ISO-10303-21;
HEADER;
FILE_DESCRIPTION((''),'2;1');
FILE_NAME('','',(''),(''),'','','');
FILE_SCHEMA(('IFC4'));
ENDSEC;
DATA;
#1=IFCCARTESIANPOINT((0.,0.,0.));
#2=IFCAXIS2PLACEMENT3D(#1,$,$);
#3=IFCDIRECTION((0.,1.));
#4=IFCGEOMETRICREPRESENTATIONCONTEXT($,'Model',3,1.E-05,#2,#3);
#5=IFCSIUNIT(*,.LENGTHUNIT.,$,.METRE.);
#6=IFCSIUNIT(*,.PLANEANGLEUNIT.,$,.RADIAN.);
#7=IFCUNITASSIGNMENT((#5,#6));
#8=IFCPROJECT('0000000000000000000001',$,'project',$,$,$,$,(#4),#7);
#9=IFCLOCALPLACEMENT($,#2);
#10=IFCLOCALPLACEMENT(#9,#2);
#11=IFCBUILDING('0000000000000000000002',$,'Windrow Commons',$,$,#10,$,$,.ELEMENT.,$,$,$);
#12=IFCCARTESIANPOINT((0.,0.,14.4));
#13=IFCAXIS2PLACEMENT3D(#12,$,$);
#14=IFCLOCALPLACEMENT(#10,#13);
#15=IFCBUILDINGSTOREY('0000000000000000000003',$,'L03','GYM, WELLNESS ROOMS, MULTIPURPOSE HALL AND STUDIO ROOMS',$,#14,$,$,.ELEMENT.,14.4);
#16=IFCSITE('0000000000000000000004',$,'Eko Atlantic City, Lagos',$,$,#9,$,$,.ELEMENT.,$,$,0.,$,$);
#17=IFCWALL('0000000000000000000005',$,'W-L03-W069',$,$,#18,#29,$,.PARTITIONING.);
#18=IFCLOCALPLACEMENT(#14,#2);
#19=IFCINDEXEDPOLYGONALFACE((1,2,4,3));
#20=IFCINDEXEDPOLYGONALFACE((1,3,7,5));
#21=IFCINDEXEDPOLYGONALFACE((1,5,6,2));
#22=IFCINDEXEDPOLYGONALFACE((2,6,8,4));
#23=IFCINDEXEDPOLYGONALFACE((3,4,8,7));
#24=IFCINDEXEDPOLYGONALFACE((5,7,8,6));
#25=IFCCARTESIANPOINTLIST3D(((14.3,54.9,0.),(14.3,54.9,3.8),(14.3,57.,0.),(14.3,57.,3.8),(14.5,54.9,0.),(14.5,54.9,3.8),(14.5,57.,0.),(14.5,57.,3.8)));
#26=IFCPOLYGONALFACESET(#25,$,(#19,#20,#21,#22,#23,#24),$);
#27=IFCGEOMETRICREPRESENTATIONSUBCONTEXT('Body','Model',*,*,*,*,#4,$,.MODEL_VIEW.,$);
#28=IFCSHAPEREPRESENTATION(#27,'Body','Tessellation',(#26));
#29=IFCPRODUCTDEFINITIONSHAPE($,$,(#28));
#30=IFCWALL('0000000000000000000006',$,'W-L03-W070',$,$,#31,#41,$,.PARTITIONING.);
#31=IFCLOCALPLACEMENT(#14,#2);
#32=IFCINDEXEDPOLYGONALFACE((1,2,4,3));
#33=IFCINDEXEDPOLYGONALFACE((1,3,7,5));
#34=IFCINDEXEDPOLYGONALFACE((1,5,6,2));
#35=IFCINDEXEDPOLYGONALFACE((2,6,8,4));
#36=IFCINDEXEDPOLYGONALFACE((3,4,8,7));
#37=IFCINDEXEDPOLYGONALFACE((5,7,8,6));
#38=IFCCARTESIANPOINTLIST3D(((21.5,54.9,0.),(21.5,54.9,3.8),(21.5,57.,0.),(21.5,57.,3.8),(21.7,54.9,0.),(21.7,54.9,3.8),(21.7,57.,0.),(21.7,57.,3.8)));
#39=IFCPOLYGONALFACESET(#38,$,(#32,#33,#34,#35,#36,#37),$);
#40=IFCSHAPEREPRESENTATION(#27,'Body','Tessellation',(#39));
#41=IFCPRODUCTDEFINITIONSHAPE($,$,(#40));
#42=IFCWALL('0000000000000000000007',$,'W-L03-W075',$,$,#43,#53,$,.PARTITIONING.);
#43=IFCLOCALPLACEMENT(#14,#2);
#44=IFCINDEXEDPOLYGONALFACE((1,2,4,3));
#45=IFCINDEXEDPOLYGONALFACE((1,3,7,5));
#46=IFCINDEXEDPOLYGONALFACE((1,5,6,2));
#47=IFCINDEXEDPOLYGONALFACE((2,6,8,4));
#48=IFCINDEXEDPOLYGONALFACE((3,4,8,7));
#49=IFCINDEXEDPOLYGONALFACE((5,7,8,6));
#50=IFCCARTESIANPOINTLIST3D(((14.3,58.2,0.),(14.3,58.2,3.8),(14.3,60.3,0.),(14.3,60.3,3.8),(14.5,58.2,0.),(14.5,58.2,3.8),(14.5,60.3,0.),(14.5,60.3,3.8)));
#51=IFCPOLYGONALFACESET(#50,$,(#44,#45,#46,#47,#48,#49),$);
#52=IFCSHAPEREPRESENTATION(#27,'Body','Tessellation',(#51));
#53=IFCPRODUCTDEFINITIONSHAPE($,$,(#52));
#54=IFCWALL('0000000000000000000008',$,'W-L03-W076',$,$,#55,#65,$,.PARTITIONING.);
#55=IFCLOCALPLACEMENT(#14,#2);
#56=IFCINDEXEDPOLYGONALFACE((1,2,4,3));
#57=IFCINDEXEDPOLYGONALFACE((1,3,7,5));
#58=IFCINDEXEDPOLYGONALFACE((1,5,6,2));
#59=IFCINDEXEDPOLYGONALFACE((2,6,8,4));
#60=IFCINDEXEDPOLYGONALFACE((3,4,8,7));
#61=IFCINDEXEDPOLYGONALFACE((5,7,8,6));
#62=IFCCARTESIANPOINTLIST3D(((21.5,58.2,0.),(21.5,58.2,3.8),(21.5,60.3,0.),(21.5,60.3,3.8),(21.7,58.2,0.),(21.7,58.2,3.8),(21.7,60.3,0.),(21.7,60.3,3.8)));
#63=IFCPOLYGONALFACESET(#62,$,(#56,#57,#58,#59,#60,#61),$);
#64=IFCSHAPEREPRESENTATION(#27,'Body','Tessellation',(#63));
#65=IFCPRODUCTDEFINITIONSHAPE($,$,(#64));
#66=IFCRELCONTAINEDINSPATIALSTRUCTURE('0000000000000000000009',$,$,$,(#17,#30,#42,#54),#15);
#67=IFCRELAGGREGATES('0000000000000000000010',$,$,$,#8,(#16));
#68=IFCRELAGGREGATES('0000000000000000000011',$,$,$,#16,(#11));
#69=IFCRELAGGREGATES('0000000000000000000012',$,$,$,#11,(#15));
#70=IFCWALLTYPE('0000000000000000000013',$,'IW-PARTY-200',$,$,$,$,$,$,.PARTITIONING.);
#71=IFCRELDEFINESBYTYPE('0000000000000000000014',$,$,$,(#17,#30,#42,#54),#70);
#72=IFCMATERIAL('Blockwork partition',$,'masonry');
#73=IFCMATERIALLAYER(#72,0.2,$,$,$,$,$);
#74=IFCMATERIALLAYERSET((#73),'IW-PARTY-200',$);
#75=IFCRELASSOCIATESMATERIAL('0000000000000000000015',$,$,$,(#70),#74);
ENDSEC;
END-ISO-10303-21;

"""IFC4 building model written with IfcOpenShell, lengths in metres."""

from ifc_helpers import new_model, si_unit, direction, frame, frame_2d, origin, place, context, subcontext, project, spatial, rectangle, extrude, material, layer, layer_set, type_object, element, save


model = new_model("IFC4")

# Units and contexts
model_context = context("Model", 3, precision=1e-05, world=origin(), true_north=direction((0.0, 1.0)))
body_context = subcontext(model_context, "Body", "Model", "MODEL_VIEW")
ifc_project = project(units=[si_unit("LENGTHUNIT", "METRE"), si_unit("PLANEANGLEUNIT", "RADIAN")], contexts=[model_context])

# Site, building, storey
site_placement = place(None, origin())
site = spatial("IfcSite", under=ifc_project, at=site_placement, Name="Eko Atlantic City, Lagos", CompositionType="ELEMENT", RefElevation=0.0)
building_placement = place(site_placement, origin())
building = spatial("IfcBuilding", under=site, at=building_placement, Name="Windrow Commons", CompositionType="ELEMENT")
storey_placement = place(building_placement, frame((0.0, 0.0, 14.4)))
storey = spatial("IfcBuildingStorey", under=building, at=storey_placement, Name="L03", Description="GYM, WELLNESS ROOMS, MULTIPURPOSE HALL AND STUDIO ROOMS", CompositionType="ELEMENT", Elevation=14.4)

# Walls
ifc_material_1 = material(Name="Blockwork partition", Category="masonry")
ifc_layer = layer(ifc_material_1, 0.2)
ifc_layer_set = layer_set([ifc_layer], Name="IW-PARTY-200")
wall_type = type_object("IfcWallType", Name="IW-PARTY-200", PredefinedType="PARTITIONING", material=ifc_layer_set)
for number, where, z_axis, x_axis, name in (
    (1, (14.4, 54.9, 0.0), (0.0, 0.0, 1.0), (0.0, 1.0, 0.0), "W-L03-W069"),
    (2, (21.6, 54.9, 0.0), (0.0, 0.0, 1.0), (0.0, 1.0, 0.0), "W-L03-W070"),
    (3, (14.4, 58.2, 0.0), (0.0, 0.0, 1.0), (0.0, 1.0, 0.0), "W-L03-W075"),
    (4, (21.6, 58.2, 0.0), (0.0, 0.0, 1.0), (0.0, 1.0, 0.0), "W-L03-W076"),
):
    element("IfcWall", number, at=place(storey_placement, frame(where, z_axis=z_axis, x_axis=x_axis)), inside=storey, type_object=wall_type, Name=name, PredefinedType="PARTITIONING", context=body_context, shape_type="SweptSolid", body=[
        extrude(rectangle(XDim=2.1, YDim=0.2, at=frame_2d((1.05, 0.0))), origin(), (0.0, 0.0, 1.0), 3.8),
    ])

save(model, "model.ifc")
